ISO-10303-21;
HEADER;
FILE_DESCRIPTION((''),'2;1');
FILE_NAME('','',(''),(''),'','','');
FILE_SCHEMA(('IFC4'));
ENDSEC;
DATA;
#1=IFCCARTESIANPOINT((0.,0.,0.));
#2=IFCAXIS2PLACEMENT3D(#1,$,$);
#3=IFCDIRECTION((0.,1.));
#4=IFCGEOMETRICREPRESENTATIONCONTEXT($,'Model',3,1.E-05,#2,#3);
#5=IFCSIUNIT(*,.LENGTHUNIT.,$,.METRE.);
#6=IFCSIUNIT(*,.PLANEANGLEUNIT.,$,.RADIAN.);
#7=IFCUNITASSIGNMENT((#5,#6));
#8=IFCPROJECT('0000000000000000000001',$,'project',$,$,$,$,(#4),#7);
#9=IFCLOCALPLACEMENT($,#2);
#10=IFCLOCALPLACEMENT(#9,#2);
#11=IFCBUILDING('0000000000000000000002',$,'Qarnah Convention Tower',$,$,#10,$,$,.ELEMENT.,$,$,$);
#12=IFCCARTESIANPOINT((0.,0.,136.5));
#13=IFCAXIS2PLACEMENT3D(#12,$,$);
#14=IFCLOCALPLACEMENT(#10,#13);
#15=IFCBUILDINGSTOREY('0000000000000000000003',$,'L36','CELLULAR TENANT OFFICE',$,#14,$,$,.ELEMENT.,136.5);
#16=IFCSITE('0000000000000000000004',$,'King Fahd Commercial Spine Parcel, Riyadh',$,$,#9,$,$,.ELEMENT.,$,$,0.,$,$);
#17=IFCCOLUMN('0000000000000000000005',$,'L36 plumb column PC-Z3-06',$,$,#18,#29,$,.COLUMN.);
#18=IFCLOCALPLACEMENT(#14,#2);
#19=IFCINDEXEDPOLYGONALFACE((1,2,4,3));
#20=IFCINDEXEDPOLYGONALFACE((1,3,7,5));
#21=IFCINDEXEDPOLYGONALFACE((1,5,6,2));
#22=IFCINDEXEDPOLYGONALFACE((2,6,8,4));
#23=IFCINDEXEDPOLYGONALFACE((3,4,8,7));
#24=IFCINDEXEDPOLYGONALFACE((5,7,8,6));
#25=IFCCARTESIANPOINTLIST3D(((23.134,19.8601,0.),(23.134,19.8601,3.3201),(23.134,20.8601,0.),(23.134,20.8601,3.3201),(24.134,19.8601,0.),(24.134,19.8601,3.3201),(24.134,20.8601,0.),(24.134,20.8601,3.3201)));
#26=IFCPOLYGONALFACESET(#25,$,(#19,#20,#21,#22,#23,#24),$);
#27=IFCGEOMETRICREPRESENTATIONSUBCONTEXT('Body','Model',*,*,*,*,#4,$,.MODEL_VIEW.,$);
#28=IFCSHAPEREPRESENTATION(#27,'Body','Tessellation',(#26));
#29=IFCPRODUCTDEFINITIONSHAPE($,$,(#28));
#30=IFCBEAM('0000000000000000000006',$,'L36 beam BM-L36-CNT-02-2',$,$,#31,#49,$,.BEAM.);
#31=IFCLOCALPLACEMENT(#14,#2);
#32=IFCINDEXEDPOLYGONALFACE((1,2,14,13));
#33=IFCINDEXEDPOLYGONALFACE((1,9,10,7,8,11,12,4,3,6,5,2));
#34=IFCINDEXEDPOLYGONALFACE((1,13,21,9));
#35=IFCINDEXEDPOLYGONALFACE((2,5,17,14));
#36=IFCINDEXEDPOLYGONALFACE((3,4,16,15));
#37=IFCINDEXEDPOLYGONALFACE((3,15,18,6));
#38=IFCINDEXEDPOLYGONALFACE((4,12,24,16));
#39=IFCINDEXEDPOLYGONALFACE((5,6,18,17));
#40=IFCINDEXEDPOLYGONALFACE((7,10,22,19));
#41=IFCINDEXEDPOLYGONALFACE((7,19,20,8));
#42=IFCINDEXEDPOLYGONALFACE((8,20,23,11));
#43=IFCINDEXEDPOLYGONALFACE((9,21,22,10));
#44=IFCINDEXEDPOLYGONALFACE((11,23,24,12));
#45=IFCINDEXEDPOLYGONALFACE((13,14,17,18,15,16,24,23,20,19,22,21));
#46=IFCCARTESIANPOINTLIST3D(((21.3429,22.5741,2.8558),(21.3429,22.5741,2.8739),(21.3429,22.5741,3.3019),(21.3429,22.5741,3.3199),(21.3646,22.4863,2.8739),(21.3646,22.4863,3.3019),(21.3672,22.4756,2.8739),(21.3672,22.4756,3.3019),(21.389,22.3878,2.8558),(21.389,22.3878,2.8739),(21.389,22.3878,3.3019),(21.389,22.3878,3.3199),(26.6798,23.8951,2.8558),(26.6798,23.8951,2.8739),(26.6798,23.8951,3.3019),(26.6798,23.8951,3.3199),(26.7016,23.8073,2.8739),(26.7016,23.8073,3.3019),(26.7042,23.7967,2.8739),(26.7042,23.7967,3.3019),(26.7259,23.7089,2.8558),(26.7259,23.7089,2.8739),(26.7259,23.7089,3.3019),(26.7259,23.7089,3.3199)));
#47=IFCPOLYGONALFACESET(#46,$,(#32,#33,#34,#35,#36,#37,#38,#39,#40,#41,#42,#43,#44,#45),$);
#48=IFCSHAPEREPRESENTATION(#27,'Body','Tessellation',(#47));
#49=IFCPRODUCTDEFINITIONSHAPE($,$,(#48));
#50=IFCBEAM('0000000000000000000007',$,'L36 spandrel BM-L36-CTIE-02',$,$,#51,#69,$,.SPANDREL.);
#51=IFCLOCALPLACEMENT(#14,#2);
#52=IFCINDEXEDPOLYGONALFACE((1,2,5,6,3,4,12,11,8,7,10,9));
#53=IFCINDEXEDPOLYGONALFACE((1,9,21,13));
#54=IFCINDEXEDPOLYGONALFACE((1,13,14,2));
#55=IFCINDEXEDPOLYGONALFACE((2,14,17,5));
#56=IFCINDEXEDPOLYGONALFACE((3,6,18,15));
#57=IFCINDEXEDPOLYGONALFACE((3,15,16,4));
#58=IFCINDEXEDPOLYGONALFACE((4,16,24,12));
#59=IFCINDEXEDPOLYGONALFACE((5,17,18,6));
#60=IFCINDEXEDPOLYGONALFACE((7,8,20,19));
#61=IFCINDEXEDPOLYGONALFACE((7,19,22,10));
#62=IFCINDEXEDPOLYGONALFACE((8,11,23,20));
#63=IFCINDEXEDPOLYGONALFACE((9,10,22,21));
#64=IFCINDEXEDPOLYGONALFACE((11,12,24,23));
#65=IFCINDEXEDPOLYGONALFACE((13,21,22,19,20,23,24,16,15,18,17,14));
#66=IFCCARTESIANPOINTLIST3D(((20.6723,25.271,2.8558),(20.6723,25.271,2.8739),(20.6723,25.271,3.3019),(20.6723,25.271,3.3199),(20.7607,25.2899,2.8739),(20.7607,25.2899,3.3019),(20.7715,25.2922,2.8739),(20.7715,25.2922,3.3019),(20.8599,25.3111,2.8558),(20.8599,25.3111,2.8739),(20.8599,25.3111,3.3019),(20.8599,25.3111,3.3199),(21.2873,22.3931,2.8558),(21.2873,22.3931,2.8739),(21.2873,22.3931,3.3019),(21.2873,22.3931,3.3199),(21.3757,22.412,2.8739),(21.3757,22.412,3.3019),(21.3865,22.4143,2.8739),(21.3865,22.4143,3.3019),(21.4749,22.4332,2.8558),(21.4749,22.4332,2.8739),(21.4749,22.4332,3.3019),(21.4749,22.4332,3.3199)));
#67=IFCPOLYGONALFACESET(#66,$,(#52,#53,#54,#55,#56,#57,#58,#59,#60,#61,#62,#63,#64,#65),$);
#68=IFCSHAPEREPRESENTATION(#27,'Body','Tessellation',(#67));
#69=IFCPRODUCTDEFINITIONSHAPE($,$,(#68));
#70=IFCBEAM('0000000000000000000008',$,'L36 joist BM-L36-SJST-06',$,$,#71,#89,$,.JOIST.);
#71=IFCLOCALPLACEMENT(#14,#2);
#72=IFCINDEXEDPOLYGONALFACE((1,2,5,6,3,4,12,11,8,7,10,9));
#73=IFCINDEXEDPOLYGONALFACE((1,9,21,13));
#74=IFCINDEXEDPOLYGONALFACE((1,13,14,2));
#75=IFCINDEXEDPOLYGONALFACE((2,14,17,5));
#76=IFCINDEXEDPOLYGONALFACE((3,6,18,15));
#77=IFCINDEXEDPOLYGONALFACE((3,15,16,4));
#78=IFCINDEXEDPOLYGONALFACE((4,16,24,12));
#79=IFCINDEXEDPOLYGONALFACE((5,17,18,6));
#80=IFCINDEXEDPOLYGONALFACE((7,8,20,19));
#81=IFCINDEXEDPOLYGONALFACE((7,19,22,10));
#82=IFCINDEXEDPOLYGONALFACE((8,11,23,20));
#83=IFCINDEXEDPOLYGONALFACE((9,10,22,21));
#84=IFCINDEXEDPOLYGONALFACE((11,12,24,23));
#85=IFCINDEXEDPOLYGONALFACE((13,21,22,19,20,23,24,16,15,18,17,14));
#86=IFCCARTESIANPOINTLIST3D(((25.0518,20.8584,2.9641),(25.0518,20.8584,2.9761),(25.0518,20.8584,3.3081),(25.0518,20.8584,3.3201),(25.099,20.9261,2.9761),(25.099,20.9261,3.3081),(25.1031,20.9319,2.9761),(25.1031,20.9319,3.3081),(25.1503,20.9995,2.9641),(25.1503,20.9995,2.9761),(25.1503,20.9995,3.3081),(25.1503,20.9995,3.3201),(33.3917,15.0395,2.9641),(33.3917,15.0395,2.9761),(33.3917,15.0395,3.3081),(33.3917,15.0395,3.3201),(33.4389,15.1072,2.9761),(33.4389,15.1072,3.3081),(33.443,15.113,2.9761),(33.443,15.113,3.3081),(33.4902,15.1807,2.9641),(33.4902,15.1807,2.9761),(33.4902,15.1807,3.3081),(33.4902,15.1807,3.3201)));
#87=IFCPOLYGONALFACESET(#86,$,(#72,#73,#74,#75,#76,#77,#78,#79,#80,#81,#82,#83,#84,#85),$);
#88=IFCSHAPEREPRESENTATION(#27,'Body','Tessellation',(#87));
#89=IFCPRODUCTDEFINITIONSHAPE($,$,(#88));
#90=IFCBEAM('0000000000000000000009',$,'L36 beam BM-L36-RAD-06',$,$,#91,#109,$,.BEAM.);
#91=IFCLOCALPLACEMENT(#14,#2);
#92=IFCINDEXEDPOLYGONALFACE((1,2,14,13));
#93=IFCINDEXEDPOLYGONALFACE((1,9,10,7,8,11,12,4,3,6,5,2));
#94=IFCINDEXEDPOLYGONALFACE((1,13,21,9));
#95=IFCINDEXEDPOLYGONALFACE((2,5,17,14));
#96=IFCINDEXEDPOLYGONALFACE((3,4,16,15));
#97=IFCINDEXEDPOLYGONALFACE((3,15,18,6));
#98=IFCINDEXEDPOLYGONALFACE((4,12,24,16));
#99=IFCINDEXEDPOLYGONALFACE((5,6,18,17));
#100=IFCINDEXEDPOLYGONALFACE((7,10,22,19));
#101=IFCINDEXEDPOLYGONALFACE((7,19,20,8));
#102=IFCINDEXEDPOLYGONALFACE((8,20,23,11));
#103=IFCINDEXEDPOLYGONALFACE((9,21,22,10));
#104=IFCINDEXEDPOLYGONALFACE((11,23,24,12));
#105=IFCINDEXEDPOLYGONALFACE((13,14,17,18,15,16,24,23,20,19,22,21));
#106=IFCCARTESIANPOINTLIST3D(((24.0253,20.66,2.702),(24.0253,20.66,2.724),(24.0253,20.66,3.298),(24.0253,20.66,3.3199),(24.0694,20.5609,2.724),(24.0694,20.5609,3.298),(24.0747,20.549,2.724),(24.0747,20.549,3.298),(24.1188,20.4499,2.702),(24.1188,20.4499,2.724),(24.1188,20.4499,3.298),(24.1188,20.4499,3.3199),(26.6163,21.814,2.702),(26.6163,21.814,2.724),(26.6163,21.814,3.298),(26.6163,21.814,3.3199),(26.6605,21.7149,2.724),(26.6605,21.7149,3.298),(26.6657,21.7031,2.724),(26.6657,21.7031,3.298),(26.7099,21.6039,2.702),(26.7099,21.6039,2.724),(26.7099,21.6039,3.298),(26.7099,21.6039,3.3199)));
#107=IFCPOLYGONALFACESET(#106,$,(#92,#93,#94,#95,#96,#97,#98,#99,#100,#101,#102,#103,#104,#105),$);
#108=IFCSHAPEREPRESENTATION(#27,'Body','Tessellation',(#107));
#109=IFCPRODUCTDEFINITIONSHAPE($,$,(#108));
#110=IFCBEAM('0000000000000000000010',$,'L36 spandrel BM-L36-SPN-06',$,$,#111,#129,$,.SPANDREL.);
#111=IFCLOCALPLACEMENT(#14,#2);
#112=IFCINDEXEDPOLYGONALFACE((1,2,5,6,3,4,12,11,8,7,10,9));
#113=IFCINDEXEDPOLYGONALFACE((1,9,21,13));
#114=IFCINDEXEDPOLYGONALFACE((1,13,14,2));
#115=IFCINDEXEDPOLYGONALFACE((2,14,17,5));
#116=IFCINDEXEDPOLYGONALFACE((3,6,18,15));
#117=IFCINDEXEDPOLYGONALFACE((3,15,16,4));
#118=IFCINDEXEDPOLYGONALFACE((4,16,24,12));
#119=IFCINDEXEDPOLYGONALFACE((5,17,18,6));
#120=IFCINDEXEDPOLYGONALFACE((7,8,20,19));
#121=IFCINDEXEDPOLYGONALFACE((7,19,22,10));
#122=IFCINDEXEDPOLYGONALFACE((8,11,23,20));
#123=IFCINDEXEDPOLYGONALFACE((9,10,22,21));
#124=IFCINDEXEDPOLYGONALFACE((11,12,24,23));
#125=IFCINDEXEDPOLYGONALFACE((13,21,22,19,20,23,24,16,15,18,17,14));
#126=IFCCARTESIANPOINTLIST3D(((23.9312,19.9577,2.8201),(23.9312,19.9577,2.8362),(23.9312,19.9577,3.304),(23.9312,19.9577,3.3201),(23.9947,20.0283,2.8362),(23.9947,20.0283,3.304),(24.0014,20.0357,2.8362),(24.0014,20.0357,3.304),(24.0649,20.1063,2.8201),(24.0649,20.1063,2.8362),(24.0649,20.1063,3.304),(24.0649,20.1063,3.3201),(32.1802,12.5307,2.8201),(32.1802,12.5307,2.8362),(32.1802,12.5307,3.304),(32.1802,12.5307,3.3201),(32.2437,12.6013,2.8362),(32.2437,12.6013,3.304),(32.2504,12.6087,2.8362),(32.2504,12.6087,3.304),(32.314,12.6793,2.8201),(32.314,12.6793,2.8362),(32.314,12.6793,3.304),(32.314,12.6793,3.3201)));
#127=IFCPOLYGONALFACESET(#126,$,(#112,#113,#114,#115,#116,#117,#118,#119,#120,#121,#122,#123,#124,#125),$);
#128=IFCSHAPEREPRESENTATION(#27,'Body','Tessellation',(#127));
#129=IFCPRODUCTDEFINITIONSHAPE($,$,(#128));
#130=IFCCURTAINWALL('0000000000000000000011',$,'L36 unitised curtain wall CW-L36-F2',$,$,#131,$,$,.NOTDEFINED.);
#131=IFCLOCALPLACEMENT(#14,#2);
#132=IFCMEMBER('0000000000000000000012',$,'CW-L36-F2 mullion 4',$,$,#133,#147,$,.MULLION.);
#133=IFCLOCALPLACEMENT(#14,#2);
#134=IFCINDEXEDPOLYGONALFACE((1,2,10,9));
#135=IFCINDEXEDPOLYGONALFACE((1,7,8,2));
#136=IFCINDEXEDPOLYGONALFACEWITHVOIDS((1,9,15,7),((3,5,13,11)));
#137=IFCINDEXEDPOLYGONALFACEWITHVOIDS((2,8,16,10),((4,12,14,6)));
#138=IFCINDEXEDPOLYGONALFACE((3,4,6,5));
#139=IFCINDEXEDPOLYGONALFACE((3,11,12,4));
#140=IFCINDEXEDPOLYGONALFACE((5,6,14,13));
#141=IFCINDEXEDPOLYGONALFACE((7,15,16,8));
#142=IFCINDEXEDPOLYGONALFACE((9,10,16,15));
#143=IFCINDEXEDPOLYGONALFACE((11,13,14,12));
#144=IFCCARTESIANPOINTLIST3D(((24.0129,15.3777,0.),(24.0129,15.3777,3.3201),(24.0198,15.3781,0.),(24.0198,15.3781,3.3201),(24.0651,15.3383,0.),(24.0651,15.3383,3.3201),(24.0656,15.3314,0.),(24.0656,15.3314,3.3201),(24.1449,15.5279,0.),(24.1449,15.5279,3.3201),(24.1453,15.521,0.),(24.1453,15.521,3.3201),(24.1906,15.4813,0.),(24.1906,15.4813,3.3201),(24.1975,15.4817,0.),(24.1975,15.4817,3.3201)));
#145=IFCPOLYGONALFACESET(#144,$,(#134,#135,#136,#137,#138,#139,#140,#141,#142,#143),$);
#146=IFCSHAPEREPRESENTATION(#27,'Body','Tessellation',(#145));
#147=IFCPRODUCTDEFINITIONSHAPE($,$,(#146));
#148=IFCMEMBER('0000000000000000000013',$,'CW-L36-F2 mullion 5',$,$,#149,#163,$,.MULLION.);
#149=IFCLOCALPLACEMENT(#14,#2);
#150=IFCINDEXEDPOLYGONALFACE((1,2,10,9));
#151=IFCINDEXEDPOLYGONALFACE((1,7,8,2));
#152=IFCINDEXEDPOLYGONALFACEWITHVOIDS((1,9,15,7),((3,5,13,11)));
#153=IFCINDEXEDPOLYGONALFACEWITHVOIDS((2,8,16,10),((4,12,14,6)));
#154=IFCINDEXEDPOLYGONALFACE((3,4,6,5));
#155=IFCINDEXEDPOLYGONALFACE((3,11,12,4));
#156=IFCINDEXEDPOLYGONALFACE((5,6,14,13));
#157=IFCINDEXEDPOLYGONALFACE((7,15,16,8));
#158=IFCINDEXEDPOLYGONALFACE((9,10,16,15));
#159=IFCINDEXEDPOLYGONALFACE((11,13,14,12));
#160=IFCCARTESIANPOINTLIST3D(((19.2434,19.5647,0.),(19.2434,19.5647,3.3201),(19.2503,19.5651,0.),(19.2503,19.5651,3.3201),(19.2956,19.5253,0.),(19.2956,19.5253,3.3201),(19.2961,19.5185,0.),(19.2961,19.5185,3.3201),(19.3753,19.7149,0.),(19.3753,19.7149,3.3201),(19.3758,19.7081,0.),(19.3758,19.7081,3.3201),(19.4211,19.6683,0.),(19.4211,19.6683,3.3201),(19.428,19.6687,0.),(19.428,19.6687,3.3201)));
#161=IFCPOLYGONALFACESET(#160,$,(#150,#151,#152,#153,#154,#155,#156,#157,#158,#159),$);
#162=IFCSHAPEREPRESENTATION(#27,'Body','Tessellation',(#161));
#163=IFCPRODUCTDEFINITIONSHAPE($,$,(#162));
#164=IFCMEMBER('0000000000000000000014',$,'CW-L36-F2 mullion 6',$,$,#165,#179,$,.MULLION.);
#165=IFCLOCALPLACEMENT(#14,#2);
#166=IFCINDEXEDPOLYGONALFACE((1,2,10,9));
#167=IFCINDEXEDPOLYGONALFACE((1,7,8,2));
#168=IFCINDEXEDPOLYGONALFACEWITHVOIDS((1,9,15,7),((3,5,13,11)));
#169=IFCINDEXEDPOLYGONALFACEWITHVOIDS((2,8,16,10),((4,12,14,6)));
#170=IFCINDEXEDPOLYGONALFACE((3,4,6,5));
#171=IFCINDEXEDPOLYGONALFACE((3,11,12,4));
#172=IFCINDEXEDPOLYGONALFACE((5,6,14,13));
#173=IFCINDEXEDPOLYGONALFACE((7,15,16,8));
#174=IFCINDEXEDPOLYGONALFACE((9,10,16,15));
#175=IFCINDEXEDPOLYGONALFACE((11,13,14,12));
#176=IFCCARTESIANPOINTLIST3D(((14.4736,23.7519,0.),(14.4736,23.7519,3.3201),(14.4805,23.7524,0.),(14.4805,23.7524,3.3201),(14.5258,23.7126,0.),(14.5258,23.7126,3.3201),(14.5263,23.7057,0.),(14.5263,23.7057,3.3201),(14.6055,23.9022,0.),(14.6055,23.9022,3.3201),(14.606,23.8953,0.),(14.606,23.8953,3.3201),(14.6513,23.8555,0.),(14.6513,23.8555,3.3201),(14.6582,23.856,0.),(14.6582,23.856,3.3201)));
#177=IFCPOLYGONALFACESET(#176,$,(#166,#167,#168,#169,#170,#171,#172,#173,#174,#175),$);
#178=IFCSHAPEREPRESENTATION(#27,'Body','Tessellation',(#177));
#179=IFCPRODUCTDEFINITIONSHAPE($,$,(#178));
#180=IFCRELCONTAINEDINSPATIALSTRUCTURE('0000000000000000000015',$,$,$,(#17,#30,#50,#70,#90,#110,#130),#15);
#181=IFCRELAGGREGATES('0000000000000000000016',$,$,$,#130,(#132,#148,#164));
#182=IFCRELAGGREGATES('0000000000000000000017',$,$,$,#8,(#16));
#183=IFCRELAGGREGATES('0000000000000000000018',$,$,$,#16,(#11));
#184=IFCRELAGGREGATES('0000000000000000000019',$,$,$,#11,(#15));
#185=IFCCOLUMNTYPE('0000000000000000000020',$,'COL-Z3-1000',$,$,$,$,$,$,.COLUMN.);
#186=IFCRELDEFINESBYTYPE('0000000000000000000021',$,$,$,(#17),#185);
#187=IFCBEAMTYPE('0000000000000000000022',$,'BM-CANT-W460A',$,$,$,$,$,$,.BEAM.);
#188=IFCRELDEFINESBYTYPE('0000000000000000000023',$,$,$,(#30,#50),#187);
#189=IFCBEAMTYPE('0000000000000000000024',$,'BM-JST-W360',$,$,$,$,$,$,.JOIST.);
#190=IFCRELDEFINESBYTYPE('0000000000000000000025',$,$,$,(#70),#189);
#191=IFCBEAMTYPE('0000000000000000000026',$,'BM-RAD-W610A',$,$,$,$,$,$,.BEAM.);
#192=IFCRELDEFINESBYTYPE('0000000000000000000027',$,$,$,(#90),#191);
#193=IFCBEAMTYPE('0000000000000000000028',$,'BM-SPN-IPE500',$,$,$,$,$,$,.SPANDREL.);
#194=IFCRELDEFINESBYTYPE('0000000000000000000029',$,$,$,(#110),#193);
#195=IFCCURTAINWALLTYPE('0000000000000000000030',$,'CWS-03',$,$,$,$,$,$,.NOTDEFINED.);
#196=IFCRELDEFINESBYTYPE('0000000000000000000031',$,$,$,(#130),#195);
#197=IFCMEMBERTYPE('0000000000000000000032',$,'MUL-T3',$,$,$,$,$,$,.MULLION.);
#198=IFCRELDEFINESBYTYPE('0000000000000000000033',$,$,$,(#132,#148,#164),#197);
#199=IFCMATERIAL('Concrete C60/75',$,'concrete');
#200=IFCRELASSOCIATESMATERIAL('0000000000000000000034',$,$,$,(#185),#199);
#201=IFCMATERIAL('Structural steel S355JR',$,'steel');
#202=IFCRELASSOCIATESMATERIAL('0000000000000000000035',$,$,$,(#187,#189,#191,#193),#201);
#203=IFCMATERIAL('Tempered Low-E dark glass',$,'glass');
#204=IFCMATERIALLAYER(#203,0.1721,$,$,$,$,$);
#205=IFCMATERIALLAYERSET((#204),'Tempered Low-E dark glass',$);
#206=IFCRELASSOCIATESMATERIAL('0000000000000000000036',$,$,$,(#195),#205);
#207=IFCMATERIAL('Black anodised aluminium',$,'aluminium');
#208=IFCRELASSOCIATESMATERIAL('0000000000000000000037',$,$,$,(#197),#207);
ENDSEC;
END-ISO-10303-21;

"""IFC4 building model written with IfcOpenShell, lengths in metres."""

from ifc_helpers import new_model, si_unit, direction, frame, origin, origin_2d, place, context, subcontext, project, spatial, rectangle, hollow_rectangle, i_section, extrude, material, layer, layer_set, material_profile, profile_set, type_object, element, aggregate, save


model = new_model("IFC4")

# Units and contexts
model_context = context("Model", 3, precision=1e-05, world=origin(), true_north=direction((0.0, 1.0)))
body_context = subcontext(model_context, "Body", "Model", "MODEL_VIEW")
ifc_project = project(units=[si_unit("LENGTHUNIT", "METRE"), si_unit("PLANEANGLEUNIT", "RADIAN")], contexts=[model_context])

# Site, building, storey
site_placement = place(None, origin())
site = spatial("IfcSite", under=ifc_project, at=site_placement, Name="King Fahd Commercial Spine Parcel, Riyadh", CompositionType="ELEMENT", RefElevation=0.0)
building_placement = place(site_placement, origin())
building = spatial("IfcBuilding", under=site, at=building_placement, Name="Qarnah Convention Tower", CompositionType="ELEMENT")
storey_placement = place(building_placement, frame((0.0, 0.0, 136.5)))
storey = spatial("IfcBuildingStorey", under=building, at=storey_placement, Name="L36", Description="CELLULAR TENANT OFFICE", CompositionType="ELEMENT", Elevation=136.5)

# Column
ifc_material_1 = material(Name="Concrete C60/75", Category="concrete")
ifc_material_profile_1 = material_profile(ifc_material_1, rectangle(XDim=1.0, YDim=1.0, at=origin_2d()), Name="RC-COL-1000X1000")
ifc_profile_set_1 = profile_set([ifc_material_profile_1], Name="Concrete C60/75")
column_type = type_object("IfcColumnType", Name="COL-Z3-1000", PredefinedType="COLUMN", material=ifc_profile_set_1)
column_placement = place(storey_placement, frame((23.634, 20.3601, 0.0), z_axis=(0.0, 0.0, 1.0), x_axis=(1.0, 0.0, 0.0)))
element("IfcColumn", 1, at=column_placement, inside=storey, type_object=column_type, Name="L36 plumb column PC-Z3-06", PredefinedType="COLUMN", context=body_context, shape_type="SweptSolid", body=[
    extrude(rectangle(XDim=1.0, YDim=1.0, at=origin_2d()), origin(), (0.0, 0.0, 1.0), 3.3201),
])

# Beams
ifc_material_2 = material(Name="Structural steel S355JR", Category="steel")
ifc_material_profile_2 = material_profile(ifc_material_2, i_section(OverallWidth=0.1919, OverallDepth=0.4641, WebThickness=0.011, FlangeThickness=0.0181, at=origin_2d()), Name="W460X89")
ifc_profile_set_2 = profile_set([ifc_material_profile_2], Name="Structural steel S355JR")
beam_type_1 = type_object("IfcBeamType", Name="BM-CANT-W460A", PredefinedType="BEAM", material=ifc_profile_set_2)
beam_1_placement = place(storey_placement, frame((26.7029, 23.802, 3.0879), z_axis=(-0.970704, -0.240278, 0.0), x_axis=(0.240278, -0.970704, 0.0)))
element("IfcBeam", 2, at=beam_1_placement, inside=storey, type_object=beam_type_1, Name="L36 beam BM-L36-CNT-02-2", PredefinedType="BEAM", context=body_context, shape_type="SweptSolid", body=[
    extrude(i_section(OverallWidth=0.1919, OverallDepth=0.4641, WebThickness=0.011, FlangeThickness=0.0181, at=origin_2d()), origin(), (0.0, 0.0, 1.0), 5.498),
])
beam_2_placement = place(storey_placement, frame((20.7661, 25.291, 3.0879), z_axis=(0.208974, -0.977921, 0.0), x_axis=(0.977921, 0.208974, 0.0)))
element("IfcBeam", 3, at=beam_2_placement, inside=storey, type_object=beam_type_1, Name="L36 spandrel BM-L36-CTIE-02", PredefinedType="SPANDREL", context=body_context, shape_type="SweptSolid", body=[
    extrude(i_section(OverallWidth=0.1919, OverallDepth=0.4641, WebThickness=0.011, FlangeThickness=0.0181, at=origin_2d()), origin(), (0.0, 0.0, 1.0), 2.9429),
])
ifc_material_profile_3 = material_profile(ifc_material_2, i_section(OverallWidth=0.1721, OverallDepth=0.356, WebThickness=0.0071, FlangeThickness=0.012, at=origin_2d()), Name="W360X51")
ifc_profile_set_3 = profile_set([ifc_material_profile_3], Name="Structural steel S355JR")
beam_type_2 = type_object("IfcBeamType", Name="BM-JST-W360", PredefinedType="JOIST", material=ifc_profile_set_3)
beam_3_placement = place(storey_placement, frame((25.1011, 20.929, 3.1421), z_axis=(0.820111, -0.572205, 0.0), x_axis=(0.572205, 0.820111, 0.0)))
element("IfcBeam", 4, at=beam_3_placement, inside=storey, type_object=beam_type_2, Name="L36 joist BM-L36-SJST-06", PredefinedType="JOIST", context=body_context, shape_type="SweptSolid", body=[
    extrude(i_section(OverallWidth=0.1721, OverallDepth=0.356, WebThickness=0.0071, FlangeThickness=0.012, at=origin_2d()), origin(), (0.0, 0.0, 1.0), 10.1692),
])
ifc_material_profile_4 = material_profile(ifc_material_2, i_section(OverallWidth=0.23, OverallDepth=0.6179, WebThickness=0.0129, FlangeThickness=0.022, at=origin_2d()), Name="W610X140")
ifc_profile_set_4 = profile_set([ifc_material_profile_4], Name="Structural steel S355JR")
beam_type_3 = type_object("IfcBeamType", Name="BM-RAD-W610A", PredefinedType="BEAM", material=ifc_profile_set_4)
beam_4_placement = place(storey_placement, frame((26.6631, 21.709, 3.011), z_axis=(-0.913488, -0.406865, 0.0), x_axis=(0.406865, -0.913488, 0.0)))
element("IfcBeam", 5, at=beam_4_placement, inside=storey, type_object=beam_type_3, Name="L36 beam BM-L36-RAD-06", PredefinedType="BEAM", context=body_context, shape_type="SweptSolid", body=[
    extrude(i_section(OverallWidth=0.23, OverallDepth=0.6179, WebThickness=0.0129, FlangeThickness=0.022, at=origin_2d()), origin(), (0.0, 0.0, 1.0), 2.8364),
])
ifc_material_profile_5 = material_profile(ifc_material_2, i_section(OverallWidth=0.2, OverallDepth=0.5, WebThickness=0.01, FlangeThickness=0.0161, at=origin_2d()), Name="IPE500")
ifc_profile_set_5 = profile_set([ifc_material_profile_5], Name="Structural steel S355JR")
beam_type_4 = type_object("IfcBeamType", Name="BM-SPN-IPE500", PredefinedType="SPANDREL", material=ifc_profile_set_5)
beam_5_placement = place(storey_placement, frame((23.998, 20.032, 3.0701), z_axis=(0.743165, -0.669108, 0.0), x_axis=(0.669108, 0.743165, 0.0)))
element("IfcBeam", 6, at=beam_5_placement, inside=storey, type_object=beam_type_4, Name="L36 spandrel BM-L36-SPN-06", PredefinedType="SPANDREL", context=body_context, shape_type="SweptSolid", body=[
    extrude(i_section(OverallWidth=0.2, OverallDepth=0.5, WebThickness=0.01, FlangeThickness=0.0161, at=origin_2d()), origin(), (0.0, 0.0, 1.0), 11.0999),
])

# Curtain wall, members
ifc_material_3 = material(Name="Tempered Low-E dark glass", Category="glass")
ifc_layer_1 = layer(ifc_material_3, 0.1721)
ifc_layer_set_1 = layer_set([ifc_layer_1], Name="Tempered Low-E dark glass")
curtain_wall_type = type_object("IfcCurtainWallType", Name="CWS-03", PredefinedType="NOTDEFINED", material=ifc_layer_set_1)
curtain_wall_placement = place(storey_placement, origin())
curtain_wall = element("IfcCurtainWall", 7, at=curtain_wall_placement, inside=storey, type_object=curtain_wall_type, Name="L36 unitised curtain wall CW-L36-F2", PredefinedType="NOTDEFINED")
ifc_material_4 = material(Name="Black anodised aluminium", Category="aluminium")
ifc_material_profile_6 = material_profile(ifc_material_4, hollow_rectangle(XDim=0.0701, YDim=0.2, WallThickness=0.0049, at=origin_2d()), Name="MUL-70X200")
ifc_profile_set_6 = profile_set([ifc_material_profile_6], Name="Black anodised aluminium")
member_type = type_object("IfcMemberType", Name="MUL-T3", PredefinedType="MULLION", material=ifc_profile_set_6)
member_1_placement = place(storey_placement, frame((24.1052, 15.4297, 0.0), z_axis=(0.0, 0.0, 1.0), x_axis=(-0.751498, 0.659735, 0.0)))
member_1 = element("IfcMember", 8, at=member_1_placement, type_object=member_type, Name="CW-L36-F2 mullion 4", PredefinedType="MULLION", context=body_context, shape_type="SweptSolid", body=[
    extrude(hollow_rectangle(XDim=0.0701, YDim=0.2, WallThickness=0.0049, at=origin_2d()), origin(), (0.0, 0.0, 1.0), 3.3201),
])
member_2_placement = place(storey_placement, frame((19.3357, 19.6167, 0.0), z_axis=(0.0, 0.0, 1.0), x_axis=(-0.751498, 0.659735, 0.0)))
member_2 = element("IfcMember", 9, at=member_2_placement, type_object=member_type, Name="CW-L36-F2 mullion 5", PredefinedType="MULLION", context=body_context, shape_type="SweptSolid", body=[
    extrude(hollow_rectangle(XDim=0.0701, YDim=0.2, WallThickness=0.0049, at=origin_2d()), origin(), (0.0, 0.0, 1.0), 3.3201),
])
member_3_placement = place(storey_placement, frame((14.5659, 23.804, 0.0), z_axis=(0.0, 0.0, 1.0), x_axis=(-0.751498, 0.659735, 0.0)))
member_3 = element("IfcMember", 10, at=member_3_placement, type_object=member_type, Name="CW-L36-F2 mullion 6", PredefinedType="MULLION", context=body_context, shape_type="SweptSolid", body=[
    extrude(hollow_rectangle(XDim=0.0701, YDim=0.2, WallThickness=0.0049, at=origin_2d()), origin(), (0.0, 0.0, 1.0), 3.3201),
])
aggregate(curtain_wall, [member_1, member_2, member_3])

save(model, "model.ifc")
